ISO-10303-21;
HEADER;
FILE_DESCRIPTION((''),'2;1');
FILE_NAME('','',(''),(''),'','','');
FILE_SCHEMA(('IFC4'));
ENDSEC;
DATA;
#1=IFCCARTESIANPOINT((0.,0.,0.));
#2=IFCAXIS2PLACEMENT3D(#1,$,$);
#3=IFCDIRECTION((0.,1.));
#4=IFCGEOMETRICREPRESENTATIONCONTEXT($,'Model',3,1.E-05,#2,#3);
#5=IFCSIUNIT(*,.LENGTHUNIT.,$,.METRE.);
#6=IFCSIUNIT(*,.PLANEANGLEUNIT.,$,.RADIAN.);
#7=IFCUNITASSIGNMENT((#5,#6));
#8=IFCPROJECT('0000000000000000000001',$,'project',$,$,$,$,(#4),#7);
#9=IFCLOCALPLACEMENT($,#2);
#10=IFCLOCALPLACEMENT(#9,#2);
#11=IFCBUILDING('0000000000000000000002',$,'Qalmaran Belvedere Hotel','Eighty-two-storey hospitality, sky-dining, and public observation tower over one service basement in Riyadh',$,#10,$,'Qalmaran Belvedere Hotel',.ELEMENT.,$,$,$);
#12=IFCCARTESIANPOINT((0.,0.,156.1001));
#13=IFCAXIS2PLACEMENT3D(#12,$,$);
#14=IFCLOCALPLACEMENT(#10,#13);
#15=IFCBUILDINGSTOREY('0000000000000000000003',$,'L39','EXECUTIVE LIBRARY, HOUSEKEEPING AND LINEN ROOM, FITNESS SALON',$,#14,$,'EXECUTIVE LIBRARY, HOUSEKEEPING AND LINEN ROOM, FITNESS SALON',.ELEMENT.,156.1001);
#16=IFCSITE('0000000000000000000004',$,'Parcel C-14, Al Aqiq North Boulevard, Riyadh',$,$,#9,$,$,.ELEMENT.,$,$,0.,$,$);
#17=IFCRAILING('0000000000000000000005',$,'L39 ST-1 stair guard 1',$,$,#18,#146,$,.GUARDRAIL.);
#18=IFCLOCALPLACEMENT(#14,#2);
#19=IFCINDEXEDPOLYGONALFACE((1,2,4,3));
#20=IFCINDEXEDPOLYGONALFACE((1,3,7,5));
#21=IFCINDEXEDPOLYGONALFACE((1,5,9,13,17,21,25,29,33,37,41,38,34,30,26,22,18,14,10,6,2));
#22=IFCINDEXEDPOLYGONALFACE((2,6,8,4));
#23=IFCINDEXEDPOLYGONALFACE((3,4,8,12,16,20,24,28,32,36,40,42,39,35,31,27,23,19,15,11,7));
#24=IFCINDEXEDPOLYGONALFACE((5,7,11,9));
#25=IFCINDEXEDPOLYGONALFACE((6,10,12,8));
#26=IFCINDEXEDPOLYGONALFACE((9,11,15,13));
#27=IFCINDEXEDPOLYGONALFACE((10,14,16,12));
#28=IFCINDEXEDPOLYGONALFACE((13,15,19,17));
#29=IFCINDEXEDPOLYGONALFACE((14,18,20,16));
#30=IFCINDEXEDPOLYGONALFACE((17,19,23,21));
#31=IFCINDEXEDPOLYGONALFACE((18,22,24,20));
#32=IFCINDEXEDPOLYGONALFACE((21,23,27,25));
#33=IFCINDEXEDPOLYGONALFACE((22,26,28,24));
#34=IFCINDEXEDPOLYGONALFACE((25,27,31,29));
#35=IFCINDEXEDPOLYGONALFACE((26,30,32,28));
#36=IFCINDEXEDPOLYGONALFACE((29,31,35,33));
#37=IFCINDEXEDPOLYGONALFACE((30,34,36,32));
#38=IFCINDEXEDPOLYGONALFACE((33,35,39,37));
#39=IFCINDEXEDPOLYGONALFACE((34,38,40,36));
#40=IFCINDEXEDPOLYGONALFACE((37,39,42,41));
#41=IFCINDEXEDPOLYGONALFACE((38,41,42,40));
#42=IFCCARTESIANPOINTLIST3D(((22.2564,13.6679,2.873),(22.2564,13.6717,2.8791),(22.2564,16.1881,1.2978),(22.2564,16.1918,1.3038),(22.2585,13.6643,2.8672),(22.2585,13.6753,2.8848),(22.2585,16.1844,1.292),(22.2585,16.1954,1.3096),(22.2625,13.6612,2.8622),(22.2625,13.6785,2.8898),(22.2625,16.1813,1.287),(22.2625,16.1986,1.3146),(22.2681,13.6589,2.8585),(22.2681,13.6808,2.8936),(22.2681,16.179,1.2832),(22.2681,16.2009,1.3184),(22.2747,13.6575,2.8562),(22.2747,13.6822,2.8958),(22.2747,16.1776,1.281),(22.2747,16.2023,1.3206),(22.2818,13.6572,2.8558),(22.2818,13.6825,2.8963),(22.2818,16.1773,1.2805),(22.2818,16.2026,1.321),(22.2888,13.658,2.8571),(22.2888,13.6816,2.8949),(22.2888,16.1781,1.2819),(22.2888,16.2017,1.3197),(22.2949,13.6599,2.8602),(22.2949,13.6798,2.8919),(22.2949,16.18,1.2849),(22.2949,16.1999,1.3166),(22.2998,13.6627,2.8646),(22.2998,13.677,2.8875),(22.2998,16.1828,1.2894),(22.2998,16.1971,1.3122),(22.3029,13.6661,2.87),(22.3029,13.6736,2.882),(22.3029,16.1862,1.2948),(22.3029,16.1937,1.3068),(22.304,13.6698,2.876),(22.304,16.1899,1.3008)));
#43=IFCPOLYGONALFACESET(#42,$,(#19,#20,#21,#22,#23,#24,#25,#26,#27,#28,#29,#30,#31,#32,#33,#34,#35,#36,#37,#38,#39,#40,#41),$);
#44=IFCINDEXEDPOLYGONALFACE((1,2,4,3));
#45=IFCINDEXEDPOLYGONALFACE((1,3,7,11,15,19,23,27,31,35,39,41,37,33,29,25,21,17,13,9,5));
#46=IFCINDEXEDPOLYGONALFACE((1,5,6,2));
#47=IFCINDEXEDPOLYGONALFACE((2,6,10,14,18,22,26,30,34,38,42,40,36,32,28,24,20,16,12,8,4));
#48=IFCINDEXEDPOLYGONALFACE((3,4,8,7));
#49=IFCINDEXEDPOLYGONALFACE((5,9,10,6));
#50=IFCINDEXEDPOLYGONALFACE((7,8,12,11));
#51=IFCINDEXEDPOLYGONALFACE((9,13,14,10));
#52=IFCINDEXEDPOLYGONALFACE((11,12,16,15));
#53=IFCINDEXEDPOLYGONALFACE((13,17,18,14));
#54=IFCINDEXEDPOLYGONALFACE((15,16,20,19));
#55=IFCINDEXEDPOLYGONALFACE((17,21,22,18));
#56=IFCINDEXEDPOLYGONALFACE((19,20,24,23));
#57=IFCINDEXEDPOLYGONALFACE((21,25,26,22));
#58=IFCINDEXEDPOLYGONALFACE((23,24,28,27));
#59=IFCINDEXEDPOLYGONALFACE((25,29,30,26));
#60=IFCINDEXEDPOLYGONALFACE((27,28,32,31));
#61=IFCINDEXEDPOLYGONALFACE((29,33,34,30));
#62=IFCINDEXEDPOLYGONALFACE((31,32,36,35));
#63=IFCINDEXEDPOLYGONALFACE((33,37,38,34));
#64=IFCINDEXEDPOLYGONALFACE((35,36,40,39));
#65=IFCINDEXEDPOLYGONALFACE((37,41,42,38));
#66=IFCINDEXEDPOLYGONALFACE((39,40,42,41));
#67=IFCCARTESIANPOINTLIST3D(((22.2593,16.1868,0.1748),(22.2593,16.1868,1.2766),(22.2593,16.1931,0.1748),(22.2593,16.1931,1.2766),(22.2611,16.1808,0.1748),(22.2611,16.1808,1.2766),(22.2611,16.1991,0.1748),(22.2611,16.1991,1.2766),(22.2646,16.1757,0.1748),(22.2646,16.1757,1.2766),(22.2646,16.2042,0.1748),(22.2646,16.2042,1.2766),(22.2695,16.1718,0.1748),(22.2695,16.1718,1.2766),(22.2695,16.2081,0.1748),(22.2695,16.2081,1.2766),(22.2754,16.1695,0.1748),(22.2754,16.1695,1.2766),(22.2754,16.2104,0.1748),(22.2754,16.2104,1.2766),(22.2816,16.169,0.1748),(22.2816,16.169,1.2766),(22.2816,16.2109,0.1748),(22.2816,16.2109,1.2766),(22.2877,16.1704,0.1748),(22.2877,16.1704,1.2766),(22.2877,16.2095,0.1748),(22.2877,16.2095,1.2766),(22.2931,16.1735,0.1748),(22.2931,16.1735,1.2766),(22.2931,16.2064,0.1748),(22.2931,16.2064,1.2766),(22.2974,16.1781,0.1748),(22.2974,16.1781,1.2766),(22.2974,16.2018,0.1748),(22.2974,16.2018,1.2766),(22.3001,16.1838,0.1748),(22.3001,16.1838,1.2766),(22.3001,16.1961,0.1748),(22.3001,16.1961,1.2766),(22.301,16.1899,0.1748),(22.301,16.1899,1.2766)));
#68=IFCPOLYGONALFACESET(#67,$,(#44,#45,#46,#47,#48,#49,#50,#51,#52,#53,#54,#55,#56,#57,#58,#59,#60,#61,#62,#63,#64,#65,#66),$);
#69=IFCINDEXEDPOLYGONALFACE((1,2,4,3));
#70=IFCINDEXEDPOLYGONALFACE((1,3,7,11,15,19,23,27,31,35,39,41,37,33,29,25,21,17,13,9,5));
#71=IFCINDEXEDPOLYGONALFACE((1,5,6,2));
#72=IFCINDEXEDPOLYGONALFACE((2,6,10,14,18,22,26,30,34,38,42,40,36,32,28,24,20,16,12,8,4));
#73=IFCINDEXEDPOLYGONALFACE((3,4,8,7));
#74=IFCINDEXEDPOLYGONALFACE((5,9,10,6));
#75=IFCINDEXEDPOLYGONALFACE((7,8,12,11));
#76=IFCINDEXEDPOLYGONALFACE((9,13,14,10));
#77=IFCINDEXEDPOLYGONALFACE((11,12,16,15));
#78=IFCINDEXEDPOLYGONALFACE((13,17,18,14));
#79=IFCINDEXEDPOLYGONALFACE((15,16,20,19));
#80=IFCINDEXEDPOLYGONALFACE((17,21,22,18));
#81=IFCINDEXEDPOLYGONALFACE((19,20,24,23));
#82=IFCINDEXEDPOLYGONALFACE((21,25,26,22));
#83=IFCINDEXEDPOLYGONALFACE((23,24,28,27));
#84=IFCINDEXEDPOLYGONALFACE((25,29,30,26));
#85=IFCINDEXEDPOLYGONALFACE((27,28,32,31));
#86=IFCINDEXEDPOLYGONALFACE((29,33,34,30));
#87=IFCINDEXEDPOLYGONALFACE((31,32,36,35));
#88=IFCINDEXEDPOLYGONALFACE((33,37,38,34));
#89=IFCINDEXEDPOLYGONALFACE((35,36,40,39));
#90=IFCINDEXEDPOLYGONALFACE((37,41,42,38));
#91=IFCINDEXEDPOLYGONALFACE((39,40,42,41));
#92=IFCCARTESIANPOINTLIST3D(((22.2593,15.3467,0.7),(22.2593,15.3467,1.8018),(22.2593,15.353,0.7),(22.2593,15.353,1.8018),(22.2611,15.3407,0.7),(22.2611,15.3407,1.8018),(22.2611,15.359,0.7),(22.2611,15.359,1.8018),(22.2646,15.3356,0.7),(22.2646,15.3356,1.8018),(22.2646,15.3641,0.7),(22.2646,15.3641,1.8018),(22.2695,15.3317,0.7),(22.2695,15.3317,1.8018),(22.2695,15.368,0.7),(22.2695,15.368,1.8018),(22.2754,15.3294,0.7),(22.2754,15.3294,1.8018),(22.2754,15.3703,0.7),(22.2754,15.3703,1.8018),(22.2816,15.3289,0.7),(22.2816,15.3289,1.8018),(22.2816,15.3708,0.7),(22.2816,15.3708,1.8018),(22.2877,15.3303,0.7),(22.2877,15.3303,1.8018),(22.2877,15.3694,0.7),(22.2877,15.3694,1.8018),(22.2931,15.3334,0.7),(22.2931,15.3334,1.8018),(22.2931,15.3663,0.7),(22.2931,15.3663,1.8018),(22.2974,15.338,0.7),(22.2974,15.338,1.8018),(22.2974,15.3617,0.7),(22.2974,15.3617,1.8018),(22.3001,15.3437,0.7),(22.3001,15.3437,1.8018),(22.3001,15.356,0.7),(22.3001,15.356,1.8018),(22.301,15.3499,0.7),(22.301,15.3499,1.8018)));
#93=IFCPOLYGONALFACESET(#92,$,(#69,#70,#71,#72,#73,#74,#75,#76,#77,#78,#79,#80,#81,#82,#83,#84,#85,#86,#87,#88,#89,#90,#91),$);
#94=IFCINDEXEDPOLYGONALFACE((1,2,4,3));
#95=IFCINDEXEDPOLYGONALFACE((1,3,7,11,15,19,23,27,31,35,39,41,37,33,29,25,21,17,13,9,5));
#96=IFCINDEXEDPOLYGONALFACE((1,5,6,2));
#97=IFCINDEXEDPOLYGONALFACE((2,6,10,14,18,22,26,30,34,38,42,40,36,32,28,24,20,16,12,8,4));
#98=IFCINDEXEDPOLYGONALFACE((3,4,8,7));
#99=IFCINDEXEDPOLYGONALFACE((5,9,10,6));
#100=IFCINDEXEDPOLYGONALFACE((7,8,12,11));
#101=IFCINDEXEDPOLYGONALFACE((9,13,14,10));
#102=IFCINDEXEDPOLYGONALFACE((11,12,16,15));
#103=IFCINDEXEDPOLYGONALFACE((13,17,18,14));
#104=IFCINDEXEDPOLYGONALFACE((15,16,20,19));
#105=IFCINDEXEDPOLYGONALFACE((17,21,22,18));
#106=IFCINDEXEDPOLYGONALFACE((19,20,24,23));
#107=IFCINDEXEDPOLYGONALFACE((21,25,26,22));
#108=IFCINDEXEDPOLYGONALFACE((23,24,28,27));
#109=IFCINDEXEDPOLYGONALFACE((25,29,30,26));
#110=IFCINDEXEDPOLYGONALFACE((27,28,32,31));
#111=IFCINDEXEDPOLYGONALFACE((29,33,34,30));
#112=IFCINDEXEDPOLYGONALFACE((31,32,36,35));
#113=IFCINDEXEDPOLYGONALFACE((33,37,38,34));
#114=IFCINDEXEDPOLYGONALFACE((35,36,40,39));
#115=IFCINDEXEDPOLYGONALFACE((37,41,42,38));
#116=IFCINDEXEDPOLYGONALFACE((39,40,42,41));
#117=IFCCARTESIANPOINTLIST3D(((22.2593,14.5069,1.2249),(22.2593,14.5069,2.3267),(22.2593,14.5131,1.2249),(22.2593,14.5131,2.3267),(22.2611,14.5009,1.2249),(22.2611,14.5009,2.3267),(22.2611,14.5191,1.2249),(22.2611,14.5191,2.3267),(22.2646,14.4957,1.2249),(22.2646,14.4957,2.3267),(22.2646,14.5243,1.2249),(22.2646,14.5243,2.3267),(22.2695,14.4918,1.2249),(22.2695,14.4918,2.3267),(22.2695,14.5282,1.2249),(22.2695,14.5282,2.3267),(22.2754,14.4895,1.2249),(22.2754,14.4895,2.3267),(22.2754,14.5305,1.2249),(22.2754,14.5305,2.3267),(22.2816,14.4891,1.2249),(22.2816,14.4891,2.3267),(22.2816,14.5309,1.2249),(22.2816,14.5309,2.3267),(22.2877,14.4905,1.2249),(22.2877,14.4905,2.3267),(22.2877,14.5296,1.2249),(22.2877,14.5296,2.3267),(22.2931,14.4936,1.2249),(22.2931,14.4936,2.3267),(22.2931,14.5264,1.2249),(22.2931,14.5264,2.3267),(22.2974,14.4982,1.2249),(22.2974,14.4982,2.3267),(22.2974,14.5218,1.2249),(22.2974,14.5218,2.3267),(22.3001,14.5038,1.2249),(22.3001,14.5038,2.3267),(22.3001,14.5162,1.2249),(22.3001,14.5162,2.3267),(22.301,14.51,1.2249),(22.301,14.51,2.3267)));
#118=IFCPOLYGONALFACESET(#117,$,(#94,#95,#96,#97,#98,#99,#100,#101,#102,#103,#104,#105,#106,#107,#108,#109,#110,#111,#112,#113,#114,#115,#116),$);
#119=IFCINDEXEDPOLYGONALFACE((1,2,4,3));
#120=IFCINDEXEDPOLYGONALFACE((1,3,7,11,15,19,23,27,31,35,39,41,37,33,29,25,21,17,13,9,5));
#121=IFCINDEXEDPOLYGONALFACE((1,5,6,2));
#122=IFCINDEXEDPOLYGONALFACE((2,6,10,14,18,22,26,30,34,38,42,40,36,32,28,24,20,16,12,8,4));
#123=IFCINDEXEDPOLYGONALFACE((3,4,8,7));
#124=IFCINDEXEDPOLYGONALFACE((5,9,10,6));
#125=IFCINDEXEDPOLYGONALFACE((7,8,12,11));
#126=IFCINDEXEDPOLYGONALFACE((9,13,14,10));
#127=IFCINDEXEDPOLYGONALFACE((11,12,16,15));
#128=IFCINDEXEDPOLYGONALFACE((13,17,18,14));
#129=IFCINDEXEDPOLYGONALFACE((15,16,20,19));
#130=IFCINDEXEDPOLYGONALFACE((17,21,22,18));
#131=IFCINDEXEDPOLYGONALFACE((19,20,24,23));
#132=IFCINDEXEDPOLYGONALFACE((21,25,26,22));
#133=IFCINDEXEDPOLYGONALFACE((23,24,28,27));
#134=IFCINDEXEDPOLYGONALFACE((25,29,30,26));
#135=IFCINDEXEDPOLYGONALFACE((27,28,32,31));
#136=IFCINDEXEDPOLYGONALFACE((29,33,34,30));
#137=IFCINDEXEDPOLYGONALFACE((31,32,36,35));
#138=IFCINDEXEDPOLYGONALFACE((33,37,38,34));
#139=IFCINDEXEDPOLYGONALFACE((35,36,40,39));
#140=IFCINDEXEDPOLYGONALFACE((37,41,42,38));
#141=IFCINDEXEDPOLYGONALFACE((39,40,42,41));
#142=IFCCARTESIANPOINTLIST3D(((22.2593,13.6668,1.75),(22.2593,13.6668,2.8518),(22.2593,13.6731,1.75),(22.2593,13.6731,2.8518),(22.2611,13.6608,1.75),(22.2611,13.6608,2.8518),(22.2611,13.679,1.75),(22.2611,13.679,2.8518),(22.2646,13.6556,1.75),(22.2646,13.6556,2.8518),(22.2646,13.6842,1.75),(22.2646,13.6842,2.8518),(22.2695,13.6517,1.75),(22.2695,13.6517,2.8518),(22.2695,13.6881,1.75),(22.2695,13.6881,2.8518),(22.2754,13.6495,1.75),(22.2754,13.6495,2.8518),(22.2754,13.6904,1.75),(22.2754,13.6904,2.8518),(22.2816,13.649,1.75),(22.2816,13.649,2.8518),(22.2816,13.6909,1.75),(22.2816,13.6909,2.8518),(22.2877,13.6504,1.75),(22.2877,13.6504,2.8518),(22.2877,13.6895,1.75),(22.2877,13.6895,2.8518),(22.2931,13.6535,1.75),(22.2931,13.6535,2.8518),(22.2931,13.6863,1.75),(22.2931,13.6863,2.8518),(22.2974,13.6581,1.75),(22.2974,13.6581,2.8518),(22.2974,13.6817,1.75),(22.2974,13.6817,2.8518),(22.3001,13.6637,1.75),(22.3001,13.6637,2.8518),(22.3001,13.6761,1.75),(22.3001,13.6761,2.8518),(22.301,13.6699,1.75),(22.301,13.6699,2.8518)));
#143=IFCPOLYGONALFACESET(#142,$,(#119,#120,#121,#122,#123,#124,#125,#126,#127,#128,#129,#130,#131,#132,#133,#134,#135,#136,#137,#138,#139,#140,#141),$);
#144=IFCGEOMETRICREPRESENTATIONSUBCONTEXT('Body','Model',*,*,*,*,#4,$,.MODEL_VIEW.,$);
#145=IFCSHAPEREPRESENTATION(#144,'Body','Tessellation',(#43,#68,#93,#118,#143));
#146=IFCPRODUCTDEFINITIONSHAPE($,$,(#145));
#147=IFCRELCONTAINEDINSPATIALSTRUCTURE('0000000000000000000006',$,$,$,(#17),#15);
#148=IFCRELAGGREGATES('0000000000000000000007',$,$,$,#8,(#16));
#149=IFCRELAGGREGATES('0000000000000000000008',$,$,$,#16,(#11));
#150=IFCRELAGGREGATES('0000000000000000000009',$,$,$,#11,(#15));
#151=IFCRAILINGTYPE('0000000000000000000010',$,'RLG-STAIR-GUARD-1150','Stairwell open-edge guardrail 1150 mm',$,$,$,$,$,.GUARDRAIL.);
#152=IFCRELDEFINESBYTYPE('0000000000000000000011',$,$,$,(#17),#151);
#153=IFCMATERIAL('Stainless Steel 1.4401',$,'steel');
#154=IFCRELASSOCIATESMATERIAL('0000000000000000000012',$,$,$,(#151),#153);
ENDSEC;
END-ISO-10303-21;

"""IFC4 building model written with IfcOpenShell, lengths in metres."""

from ifc_helpers import new_model, si_unit, direction, frame, origin, origin_2d, place, context, subcontext, project, spatial, circle, extrude, material, type_object, element, save


model = new_model("IFC4")

# Units and contexts
model_context = context("Model", 3, precision=1e-05, world=origin(), true_north=direction((0.0, 1.0)))
body_context = subcontext(model_context, "Body", "Model", "MODEL_VIEW")
ifc_project = project(units=[si_unit("LENGTHUNIT", "METRE"), si_unit("PLANEANGLEUNIT", "RADIAN")], contexts=[model_context])

# Site, building, storey
site_placement = place(None, origin())
site = spatial("IfcSite", under=ifc_project, at=site_placement, Name="Parcel C-14, Al Aqiq North Boulevard, Riyadh", CompositionType="ELEMENT", RefElevation=0.0)
building_placement = place(site_placement, origin())
building = spatial("IfcBuilding", under=site, at=building_placement, Name="Qalmaran Belvedere Hotel", Description="Eighty-two-storey hospitality, sky-dining, and public observation tower over one service basement in Riyadh", LongName="Qalmaran Belvedere Hotel", CompositionType="ELEMENT")
storey_placement = place(building_placement, frame((0.0, 0.0, 156.1001)))
storey = spatial("IfcBuildingStorey", under=building, at=storey_placement, Name="L39", Description="EXECUTIVE LIBRARY, HOUSEKEEPING AND LINEN ROOM, FITNESS SALON", LongName="EXECUTIVE LIBRARY, HOUSEKEEPING AND LINEN ROOM, FITNESS SALON", CompositionType="ELEMENT", Elevation=156.1001)

# Shared definitions
ifc_material_1 = material(Name="Stainless Steel 1.4401", Category="steel")

# Railing
railing_type_1 = type_object("IfcRailingType", Name="RLG-STAIR-GUARD-1150", Description="Stairwell open-edge guardrail 1150 mm", PredefinedType="GUARDRAIL", material=ifc_material_1)
railing_1_placement = place(storey_placement, frame((22.28, 16.1899, 0.1748)))
element("IfcRailing", 1, at=railing_1_placement, inside=storey, type_object=railing_type_1, Name="L39 ST-1 stair guard 1", PredefinedType="GUARDRAIL", context=body_context, shape_type="SweptSolid", body=[
    extrude(circle(Radius=0.0239, at=origin_2d()), frame((0.0, 0.0, 1.126), z_axis=(0.0, -0.847971, 0.530043), x_axis=(1.0, 0.0, 0.0)), (0.0, 0.0, 1.0), 2.9719),
    extrude(circle(Radius=0.021, at=origin_2d()), origin(), (0.0, 0.0, 1.0), 1.1018),
    extrude(circle(Radius=0.021, at=origin_2d()), frame((0.0, -0.8401, 0.5251)), (0.0, 0.0, 1.0), 1.1018),
    extrude(circle(Radius=0.021, at=origin_2d()), frame((0.0, -1.6799, 1.05)), (0.0, 0.0, 1.0), 1.1018),
    extrude(circle(Radius=0.021, at=origin_2d()), frame((0.0, -2.52, 1.5752)), (0.0, 0.0, 1.0), 1.1018),
])

save(model, "model.ifc")
